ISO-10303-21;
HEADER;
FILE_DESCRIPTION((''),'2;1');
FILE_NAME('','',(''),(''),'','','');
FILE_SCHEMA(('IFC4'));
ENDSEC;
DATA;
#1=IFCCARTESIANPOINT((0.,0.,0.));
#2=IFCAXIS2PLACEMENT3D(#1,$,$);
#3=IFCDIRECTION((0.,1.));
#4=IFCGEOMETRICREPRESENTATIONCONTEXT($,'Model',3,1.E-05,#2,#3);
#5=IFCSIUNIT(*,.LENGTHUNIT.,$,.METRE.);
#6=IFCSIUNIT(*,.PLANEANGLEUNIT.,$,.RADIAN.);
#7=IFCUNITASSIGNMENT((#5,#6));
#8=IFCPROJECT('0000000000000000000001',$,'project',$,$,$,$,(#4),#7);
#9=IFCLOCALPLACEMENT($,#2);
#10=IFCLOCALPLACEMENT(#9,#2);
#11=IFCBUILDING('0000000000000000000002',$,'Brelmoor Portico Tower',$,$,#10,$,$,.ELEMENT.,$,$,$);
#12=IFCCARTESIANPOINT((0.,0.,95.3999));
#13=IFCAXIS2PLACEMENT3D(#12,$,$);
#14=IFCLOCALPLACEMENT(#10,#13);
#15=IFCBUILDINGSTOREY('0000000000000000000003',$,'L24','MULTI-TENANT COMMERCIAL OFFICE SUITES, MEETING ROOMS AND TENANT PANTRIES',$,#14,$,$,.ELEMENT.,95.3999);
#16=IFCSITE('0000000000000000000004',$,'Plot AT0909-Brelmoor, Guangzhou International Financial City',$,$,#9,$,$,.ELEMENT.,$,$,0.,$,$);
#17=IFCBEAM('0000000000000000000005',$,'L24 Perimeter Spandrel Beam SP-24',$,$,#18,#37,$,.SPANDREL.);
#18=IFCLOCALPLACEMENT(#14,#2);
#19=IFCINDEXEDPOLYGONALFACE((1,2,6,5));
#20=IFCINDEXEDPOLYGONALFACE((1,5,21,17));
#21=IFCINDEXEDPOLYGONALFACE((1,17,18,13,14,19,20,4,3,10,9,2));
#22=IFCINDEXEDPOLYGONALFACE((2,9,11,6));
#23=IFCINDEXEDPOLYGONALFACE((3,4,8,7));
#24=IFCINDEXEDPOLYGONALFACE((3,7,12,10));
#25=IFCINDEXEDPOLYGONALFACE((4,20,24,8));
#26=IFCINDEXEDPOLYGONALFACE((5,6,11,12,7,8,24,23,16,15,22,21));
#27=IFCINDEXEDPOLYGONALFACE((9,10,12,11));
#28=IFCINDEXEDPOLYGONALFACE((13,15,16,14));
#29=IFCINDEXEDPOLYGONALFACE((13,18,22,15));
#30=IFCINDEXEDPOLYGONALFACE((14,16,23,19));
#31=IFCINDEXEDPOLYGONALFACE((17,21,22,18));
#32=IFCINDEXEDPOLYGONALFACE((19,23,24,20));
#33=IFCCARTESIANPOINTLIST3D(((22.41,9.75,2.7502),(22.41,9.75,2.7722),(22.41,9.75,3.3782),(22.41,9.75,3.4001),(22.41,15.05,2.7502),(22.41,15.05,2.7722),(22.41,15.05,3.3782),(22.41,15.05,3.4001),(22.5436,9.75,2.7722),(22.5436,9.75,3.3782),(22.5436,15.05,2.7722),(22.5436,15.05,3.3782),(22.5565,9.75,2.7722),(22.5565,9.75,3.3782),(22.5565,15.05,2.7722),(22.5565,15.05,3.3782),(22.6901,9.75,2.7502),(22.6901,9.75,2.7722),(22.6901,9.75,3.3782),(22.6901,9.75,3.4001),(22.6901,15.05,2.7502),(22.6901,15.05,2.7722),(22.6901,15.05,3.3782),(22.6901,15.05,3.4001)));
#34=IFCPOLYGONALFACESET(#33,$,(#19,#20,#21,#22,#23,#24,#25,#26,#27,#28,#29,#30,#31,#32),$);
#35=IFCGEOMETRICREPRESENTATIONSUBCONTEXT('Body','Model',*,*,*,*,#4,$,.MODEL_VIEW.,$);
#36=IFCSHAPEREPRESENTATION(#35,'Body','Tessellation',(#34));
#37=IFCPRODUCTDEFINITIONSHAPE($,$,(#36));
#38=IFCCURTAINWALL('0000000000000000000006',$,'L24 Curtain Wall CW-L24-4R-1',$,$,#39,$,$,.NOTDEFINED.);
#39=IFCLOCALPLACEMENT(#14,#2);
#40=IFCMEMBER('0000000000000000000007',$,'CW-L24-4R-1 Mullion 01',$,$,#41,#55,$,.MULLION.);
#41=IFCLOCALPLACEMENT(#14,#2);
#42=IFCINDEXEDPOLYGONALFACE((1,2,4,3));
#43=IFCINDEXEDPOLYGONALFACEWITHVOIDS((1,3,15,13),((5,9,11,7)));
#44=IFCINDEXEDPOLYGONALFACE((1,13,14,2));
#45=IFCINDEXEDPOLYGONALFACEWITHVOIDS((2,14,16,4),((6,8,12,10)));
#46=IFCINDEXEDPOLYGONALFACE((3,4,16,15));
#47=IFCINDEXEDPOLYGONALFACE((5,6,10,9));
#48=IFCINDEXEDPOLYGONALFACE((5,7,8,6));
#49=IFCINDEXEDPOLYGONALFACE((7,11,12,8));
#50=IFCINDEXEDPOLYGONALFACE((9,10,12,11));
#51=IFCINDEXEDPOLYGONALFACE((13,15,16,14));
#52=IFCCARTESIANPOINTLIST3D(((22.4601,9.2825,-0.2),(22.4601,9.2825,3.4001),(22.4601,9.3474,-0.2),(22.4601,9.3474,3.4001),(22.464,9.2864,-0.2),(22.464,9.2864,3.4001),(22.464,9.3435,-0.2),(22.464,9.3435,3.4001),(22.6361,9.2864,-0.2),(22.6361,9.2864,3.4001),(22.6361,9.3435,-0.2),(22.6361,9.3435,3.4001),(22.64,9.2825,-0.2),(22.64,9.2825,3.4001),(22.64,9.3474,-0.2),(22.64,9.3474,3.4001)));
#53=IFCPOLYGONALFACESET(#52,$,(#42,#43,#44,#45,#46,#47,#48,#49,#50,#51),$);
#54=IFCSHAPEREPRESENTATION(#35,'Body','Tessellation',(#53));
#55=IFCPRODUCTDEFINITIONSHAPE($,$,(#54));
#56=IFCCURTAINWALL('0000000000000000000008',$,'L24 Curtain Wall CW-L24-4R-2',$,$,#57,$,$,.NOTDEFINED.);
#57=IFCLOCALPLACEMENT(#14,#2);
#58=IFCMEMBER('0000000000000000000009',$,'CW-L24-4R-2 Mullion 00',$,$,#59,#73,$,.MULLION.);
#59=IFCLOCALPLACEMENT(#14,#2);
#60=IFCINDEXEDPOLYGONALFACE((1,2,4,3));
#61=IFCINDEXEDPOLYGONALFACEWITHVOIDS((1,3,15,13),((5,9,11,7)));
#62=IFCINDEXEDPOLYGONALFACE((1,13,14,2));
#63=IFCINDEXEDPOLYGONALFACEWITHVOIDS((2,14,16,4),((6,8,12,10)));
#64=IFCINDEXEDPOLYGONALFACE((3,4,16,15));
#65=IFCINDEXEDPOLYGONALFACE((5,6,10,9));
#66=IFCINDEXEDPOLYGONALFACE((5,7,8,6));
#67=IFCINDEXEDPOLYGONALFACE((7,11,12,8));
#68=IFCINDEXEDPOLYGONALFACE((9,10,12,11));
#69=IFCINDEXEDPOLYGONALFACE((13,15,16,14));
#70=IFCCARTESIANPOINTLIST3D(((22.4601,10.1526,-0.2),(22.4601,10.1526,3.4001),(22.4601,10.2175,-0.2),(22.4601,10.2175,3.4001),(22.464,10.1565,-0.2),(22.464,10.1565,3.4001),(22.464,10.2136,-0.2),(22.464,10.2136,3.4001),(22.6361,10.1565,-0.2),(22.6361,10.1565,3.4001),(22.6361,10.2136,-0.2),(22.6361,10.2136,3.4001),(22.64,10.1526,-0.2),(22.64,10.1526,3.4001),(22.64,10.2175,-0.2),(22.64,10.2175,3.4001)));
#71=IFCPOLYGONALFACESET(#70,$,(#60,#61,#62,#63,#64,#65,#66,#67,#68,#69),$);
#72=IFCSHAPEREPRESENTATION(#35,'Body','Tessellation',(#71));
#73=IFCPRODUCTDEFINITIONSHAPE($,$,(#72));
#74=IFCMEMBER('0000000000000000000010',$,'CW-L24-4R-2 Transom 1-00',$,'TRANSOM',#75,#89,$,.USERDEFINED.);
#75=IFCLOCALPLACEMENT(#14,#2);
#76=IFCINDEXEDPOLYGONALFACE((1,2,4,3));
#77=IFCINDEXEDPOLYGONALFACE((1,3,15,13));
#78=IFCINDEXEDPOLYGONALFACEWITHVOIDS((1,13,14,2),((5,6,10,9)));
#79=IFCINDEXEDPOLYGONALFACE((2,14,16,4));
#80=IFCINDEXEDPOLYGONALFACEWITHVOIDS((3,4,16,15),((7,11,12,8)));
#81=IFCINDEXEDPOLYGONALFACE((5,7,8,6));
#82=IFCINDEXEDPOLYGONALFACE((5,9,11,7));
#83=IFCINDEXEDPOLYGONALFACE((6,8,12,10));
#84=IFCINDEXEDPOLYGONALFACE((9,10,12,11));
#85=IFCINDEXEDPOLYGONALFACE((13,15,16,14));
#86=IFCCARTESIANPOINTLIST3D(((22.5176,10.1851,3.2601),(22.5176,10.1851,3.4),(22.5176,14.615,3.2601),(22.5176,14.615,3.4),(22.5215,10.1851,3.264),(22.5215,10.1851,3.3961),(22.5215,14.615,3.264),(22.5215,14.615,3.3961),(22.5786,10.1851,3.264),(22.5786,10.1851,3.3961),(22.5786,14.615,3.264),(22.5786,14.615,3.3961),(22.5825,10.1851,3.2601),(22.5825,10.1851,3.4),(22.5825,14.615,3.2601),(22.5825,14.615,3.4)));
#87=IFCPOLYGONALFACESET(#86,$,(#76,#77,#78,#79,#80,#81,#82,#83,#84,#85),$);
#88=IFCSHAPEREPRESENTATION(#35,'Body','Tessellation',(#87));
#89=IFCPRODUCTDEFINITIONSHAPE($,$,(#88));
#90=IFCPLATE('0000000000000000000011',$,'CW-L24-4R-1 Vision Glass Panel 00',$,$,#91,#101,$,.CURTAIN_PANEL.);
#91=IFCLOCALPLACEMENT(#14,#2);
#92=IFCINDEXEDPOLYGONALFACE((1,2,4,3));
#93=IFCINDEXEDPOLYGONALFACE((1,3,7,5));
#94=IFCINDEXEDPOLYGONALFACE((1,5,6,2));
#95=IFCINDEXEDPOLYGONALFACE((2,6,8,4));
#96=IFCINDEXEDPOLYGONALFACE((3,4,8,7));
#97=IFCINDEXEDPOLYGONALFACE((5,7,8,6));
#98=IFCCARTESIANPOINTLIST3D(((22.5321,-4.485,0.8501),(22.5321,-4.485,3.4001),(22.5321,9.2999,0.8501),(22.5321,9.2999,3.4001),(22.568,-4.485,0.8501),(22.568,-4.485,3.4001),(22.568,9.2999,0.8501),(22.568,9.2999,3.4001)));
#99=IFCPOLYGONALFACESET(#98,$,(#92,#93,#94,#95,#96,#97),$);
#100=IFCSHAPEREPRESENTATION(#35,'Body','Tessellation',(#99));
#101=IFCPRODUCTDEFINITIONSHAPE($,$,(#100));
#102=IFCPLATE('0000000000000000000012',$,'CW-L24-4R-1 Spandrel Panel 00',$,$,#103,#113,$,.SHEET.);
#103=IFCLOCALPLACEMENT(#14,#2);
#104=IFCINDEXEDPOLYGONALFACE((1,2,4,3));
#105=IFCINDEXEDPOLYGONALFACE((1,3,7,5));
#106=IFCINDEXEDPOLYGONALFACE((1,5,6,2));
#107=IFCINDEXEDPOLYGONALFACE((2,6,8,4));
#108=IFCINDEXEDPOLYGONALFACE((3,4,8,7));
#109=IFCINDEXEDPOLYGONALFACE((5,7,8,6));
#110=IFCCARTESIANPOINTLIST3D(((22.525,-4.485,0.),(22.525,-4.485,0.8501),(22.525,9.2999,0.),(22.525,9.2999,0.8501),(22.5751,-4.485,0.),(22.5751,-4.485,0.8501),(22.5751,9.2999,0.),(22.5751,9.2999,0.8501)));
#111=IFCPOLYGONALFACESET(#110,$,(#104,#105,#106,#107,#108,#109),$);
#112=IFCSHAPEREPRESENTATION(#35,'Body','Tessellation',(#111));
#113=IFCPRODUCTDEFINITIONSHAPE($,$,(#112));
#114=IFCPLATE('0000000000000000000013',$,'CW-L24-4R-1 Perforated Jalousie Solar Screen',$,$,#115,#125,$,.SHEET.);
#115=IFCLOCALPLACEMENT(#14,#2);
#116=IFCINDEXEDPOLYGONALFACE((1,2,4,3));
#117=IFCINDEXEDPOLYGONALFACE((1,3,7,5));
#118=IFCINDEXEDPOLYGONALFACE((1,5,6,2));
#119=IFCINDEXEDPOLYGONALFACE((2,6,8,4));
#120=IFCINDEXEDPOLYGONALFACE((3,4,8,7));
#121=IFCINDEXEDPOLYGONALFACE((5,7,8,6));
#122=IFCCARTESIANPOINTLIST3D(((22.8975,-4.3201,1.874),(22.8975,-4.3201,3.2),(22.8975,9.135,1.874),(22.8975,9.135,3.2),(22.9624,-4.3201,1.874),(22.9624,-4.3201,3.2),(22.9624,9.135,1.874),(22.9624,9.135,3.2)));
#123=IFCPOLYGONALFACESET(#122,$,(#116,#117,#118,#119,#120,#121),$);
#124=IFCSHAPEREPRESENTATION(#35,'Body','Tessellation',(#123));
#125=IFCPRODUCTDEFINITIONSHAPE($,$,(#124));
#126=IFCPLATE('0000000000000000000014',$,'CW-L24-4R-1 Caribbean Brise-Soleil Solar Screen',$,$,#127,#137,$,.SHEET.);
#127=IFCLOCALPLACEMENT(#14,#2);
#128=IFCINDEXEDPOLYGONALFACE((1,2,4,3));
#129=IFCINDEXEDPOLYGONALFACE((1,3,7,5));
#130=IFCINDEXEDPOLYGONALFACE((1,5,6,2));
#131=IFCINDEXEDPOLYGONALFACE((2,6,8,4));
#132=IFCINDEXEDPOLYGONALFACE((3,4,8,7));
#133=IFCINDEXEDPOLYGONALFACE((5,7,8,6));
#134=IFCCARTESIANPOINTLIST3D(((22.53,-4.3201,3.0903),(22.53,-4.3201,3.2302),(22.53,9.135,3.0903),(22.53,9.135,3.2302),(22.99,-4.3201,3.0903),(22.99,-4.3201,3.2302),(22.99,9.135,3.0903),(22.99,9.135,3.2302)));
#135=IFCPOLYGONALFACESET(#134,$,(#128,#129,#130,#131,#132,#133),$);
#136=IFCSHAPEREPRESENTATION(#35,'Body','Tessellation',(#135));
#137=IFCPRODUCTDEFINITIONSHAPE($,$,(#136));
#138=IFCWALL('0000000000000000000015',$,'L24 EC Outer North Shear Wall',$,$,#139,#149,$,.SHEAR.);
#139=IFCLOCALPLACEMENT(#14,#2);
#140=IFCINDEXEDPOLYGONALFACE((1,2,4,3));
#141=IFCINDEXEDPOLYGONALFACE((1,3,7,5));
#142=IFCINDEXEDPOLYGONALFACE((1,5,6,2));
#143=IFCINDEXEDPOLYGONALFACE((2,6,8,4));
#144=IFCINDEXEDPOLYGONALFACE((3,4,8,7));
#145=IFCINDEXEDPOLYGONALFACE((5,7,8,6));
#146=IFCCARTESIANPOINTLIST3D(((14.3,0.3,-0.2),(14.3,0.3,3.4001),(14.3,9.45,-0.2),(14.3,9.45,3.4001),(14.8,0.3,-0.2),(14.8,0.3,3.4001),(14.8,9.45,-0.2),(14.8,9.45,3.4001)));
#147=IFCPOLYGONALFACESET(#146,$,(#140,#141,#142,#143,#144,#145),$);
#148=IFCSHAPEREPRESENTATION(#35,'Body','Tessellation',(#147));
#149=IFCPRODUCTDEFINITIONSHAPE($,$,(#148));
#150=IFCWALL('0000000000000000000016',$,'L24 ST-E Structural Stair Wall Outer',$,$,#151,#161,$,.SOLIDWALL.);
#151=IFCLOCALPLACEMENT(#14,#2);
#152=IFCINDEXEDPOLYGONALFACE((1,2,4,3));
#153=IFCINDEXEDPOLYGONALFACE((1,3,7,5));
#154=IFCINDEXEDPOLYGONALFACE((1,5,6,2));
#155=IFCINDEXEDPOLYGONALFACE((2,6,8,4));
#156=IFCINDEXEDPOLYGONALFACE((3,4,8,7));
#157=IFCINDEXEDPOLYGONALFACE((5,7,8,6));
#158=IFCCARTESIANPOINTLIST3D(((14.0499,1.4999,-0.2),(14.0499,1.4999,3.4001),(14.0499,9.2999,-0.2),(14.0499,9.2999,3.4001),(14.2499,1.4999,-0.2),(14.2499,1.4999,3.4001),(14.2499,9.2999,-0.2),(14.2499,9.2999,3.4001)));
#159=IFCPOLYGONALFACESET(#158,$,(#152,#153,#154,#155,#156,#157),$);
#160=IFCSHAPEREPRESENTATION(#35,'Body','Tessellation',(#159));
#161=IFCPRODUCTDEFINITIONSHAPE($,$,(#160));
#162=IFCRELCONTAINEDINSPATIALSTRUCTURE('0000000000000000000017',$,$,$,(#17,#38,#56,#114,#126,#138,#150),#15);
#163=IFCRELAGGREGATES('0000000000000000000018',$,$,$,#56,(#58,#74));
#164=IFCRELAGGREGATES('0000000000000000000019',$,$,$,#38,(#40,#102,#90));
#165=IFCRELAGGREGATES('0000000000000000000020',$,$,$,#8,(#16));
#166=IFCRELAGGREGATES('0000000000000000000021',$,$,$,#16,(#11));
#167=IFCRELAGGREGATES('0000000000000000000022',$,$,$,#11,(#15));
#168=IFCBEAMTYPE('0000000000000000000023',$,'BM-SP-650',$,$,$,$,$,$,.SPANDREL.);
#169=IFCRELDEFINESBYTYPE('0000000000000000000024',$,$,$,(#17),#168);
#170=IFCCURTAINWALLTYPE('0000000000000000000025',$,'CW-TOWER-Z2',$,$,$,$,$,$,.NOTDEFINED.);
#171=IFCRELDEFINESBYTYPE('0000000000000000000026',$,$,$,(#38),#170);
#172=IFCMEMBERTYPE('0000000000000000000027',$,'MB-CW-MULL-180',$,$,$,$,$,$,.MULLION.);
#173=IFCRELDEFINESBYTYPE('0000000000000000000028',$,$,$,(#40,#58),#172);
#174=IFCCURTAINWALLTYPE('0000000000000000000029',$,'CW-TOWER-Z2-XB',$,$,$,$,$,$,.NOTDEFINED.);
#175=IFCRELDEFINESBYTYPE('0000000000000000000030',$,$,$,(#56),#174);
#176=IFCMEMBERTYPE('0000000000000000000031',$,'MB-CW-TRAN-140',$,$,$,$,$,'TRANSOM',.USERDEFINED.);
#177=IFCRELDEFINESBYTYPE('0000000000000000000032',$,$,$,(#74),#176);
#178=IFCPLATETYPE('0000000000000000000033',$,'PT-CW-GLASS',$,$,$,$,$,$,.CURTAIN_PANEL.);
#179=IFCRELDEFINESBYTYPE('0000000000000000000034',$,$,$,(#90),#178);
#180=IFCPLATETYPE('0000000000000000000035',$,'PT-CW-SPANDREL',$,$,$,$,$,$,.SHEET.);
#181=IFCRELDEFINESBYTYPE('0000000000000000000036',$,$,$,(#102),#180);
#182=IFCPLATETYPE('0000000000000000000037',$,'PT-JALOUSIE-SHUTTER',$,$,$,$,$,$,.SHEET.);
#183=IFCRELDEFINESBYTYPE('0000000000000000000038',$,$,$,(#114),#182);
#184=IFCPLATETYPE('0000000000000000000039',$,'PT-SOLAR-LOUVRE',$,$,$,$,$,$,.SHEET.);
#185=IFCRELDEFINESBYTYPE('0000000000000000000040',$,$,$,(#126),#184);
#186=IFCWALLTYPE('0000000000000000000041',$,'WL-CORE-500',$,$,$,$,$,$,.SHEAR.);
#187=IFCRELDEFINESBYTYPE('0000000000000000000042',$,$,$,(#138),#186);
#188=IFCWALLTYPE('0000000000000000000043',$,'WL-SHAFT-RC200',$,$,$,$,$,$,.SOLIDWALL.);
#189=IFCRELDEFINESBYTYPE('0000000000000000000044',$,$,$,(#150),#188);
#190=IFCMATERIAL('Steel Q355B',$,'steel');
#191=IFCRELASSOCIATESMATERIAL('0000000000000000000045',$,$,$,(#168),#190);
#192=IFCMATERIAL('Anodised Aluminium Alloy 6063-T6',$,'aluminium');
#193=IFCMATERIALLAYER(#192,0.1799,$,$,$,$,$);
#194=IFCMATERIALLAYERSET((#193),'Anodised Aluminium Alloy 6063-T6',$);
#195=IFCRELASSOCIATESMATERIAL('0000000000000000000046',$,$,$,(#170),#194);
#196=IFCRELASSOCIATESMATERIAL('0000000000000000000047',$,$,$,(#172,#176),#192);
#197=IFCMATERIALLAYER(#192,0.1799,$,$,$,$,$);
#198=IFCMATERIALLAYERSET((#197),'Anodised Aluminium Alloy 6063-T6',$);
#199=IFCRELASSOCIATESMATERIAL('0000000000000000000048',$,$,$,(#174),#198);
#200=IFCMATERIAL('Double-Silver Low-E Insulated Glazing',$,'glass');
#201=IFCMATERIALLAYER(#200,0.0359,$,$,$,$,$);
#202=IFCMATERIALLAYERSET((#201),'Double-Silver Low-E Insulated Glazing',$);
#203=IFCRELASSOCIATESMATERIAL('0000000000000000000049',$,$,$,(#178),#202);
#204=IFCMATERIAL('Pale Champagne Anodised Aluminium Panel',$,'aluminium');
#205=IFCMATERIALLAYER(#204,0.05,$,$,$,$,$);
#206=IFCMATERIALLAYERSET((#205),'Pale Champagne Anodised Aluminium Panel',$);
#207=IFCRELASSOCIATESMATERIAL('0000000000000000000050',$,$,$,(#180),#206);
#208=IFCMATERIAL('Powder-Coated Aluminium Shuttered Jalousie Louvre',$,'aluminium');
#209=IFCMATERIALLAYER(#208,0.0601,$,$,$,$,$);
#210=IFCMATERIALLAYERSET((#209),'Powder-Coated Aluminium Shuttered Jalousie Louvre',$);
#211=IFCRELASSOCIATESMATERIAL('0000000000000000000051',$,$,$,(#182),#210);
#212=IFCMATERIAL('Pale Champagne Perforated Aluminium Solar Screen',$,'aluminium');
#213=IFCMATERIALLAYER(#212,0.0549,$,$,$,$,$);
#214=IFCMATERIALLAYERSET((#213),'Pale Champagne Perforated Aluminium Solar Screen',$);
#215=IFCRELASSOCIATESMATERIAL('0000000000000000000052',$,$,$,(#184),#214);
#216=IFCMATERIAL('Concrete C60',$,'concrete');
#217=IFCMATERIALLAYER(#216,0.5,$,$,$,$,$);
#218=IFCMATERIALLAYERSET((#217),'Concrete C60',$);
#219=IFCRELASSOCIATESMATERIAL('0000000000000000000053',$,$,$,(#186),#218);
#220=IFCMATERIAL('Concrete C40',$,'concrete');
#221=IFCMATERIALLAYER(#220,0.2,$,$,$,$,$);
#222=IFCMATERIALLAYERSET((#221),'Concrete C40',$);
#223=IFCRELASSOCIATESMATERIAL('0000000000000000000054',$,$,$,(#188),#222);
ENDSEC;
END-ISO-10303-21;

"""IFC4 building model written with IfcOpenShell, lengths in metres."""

from ifc_helpers import new_model, si_unit, direction, frame, frame_2d, origin, origin_2d, place, context, subcontext, project, spatial, rectangle, hollow_rectangle, i_section, extrude, material, layer, layer_set, material_profile, profile_set, type_object, element, aggregate, save


model = new_model("IFC4")

# Units and contexts
model_context = context("Model", 3, precision=1e-05, world=origin(), true_north=direction((0.0, 1.0)))
body_context = subcontext(model_context, "Body", "Model", "MODEL_VIEW")
ifc_project = project(units=[si_unit("LENGTHUNIT", "METRE"), si_unit("PLANEANGLEUNIT", "RADIAN")], contexts=[model_context])

# Site, building, storey
site_placement = place(None, origin())
site = spatial("IfcSite", under=ifc_project, at=site_placement, Name="Plot AT0909-Brelmoor, Guangzhou International Financial City", CompositionType="ELEMENT", RefElevation=0.0)
building_placement = place(site_placement, origin())
building = spatial("IfcBuilding", under=site, at=building_placement, Name="Brelmoor Portico Tower", CompositionType="ELEMENT")
storey_placement = place(building_placement, frame((0.0, 0.0, 95.3999)))
storey = spatial("IfcBuildingStorey", under=building, at=storey_placement, Name="L24", Description="MULTI-TENANT COMMERCIAL OFFICE SUITES, MEETING ROOMS AND TENANT PANTRIES", CompositionType="ELEMENT", Elevation=95.3999)

# Shared definitions
ifc_material_1 = material(Name="Steel Q355B", Category="steel")

# Beam
ifc_material_profile_1 = material_profile(ifc_material_1, i_section(OverallWidth=0.28, OverallDepth=0.6499, WebThickness=0.0129, FlangeThickness=0.022, at=origin_2d()), Name="HN 650x280x13x22")
ifc_profile_set_1 = profile_set([ifc_material_profile_1], Name="Steel Q355B")
beam_type_1 = type_object("IfcBeamType", Name="BM-SP-650", PredefinedType="SPANDREL", material=ifc_profile_set_1)
beam_1_placement = place(storey_placement, frame((22.55, 9.75, 3.0752), z_axis=(0.0, 1.0, 0.0), x_axis=(-1.0, 0.0, 0.0)))
element("IfcBeam", 1, at=beam_1_placement, inside=storey, type_object=beam_type_1, Name="L24 Perimeter Spandrel Beam SP-24", PredefinedType="SPANDREL", context=body_context, shape_type="SweptSolid", body=[
    extrude(i_section(OverallWidth=0.28, OverallDepth=0.6499, WebThickness=0.0129, FlangeThickness=0.022, at=origin_2d()), origin(), (0.0, 0.0, 1.0), 5.3),
])

# Curtain wall, member
ifc_material_2 = material(Name="Anodised Aluminium Alloy 6063-T6", Category="aluminium")
ifc_layer_1 = layer(ifc_material_2, 0.1799)
ifc_layer_set_1 = layer_set([ifc_layer_1], Name="Anodised Aluminium Alloy 6063-T6")
curtain_wall_type_1 = type_object("IfcCurtainWallType", Name="CW-TOWER-Z2", PredefinedType="NOTDEFINED", material=ifc_layer_set_1)
curtain_wall_1_placement = place(storey_placement, origin())
curtain_wall_1 = element("IfcCurtainWall", 2, at=curtain_wall_1_placement, inside=storey, type_object=curtain_wall_type_1, Name="L24 Curtain Wall CW-L24-4R-1", PredefinedType="NOTDEFINED")
ifc_material_profile_2 = material_profile(ifc_material_2, hollow_rectangle(XDim=0.0649, YDim=0.1799, WallThickness=0.0039, at=origin_2d()), Name="ALU MULLION 65x180")
ifc_profile_set_2 = profile_set([ifc_material_profile_2], Name="Anodised Aluminium Alloy 6063-T6")
member_type_1 = type_object("IfcMemberType", Name="MB-CW-MULL-180", PredefinedType="MULLION", material=ifc_profile_set_2)
member_1_placement = place(storey_placement, frame((22.55, 9.3149, -0.2), z_axis=(0.0, 0.0, 1.0), x_axis=(0.0, 1.0, 0.0)))
member_1 = element("IfcMember", 3, at=member_1_placement, type_object=member_type_1, Name="CW-L24-4R-1 Mullion 01", PredefinedType="MULLION", context=body_context, shape_type="SweptSolid", body=[
    extrude(hollow_rectangle(XDim=0.0649, YDim=0.1799, WallThickness=0.0039, at=origin_2d()), origin(), (0.0, 0.0, 1.0), 3.6001),
])

# Curtain wall, members
ifc_layer_2 = layer(ifc_material_2, 0.1799)
ifc_layer_set_2 = layer_set([ifc_layer_2], Name="Anodised Aluminium Alloy 6063-T6")
curtain_wall_type_2 = type_object("IfcCurtainWallType", Name="CW-TOWER-Z2-XB", PredefinedType="NOTDEFINED", material=ifc_layer_set_2)
curtain_wall_2_placement = place(storey_placement, origin())
curtain_wall_2 = element("IfcCurtainWall", 4, at=curtain_wall_2_placement, inside=storey, type_object=curtain_wall_type_2, Name="L24 Curtain Wall CW-L24-4R-2", PredefinedType="NOTDEFINED")
member_2_placement = place(storey_placement, frame((22.55, 10.1851, -0.2), z_axis=(0.0, 0.0, 1.0), x_axis=(0.0, 1.0, 0.0)))
member_2 = element("IfcMember", 5, at=member_2_placement, type_object=member_type_1, Name="CW-L24-4R-2 Mullion 00", PredefinedType="MULLION", context=body_context, shape_type="SweptSolid", body=[
    extrude(hollow_rectangle(XDim=0.0649, YDim=0.1799, WallThickness=0.0039, at=origin_2d()), origin(), (0.0, 0.0, 1.0), 3.6001),
])
ifc_material_profile_3 = material_profile(ifc_material_2, hollow_rectangle(XDim=0.0649, YDim=0.1399, WallThickness=0.0039, at=origin_2d()), Name="ALU TRANSOM 65x140")
ifc_profile_set_3 = profile_set([ifc_material_profile_3], Name="Anodised Aluminium Alloy 6063-T6")
member_type_2 = type_object("IfcMemberType", Name="MB-CW-TRAN-140", ElementType="TRANSOM", PredefinedType="USERDEFINED", material=ifc_profile_set_3)
member_3_placement = place(storey_placement, frame((22.55, 10.1851, 3.3301), z_axis=(0.0, 1.0, 0.0), x_axis=(-1.0, 0.0, 0.0)))
member_3 = element("IfcMember", 6, at=member_3_placement, type_object=member_type_2, Name="CW-L24-4R-2 Transom 1-00", ObjectType="TRANSOM", PredefinedType="USERDEFINED", context=body_context, shape_type="SweptSolid", body=[
    extrude(hollow_rectangle(XDim=0.0649, YDim=0.1399, WallThickness=0.0039, at=origin_2d()), origin(), (0.0, 0.0, 1.0), 4.4299),
])
aggregate(curtain_wall_2, [member_2, member_3])

# Plates
ifc_material_3 = material(Name="Double-Silver Low-E Insulated Glazing", Category="glass")
ifc_layer_3 = layer(ifc_material_3, 0.0359)
ifc_layer_set_3 = layer_set([ifc_layer_3], Name="Double-Silver Low-E Insulated Glazing")
plate_type_1 = type_object("IfcPlateType", Name="PT-CW-GLASS", PredefinedType="CURTAIN_PANEL", material=ifc_layer_set_3)
plate_1_placement = place(storey_placement, frame((22.55, 2.4075, 0.8501), z_axis=(0.0, 0.0, 1.0), x_axis=(0.0, 1.0, 0.0)))
plate_1 = element("IfcPlate", 7, at=plate_1_placement, type_object=plate_type_1, Name="CW-L24-4R-1 Vision Glass Panel 00", PredefinedType="CURTAIN_PANEL", context=body_context, shape_type="SweptSolid", body=[
    extrude(rectangle(XDim=13.7849, YDim=0.0359, at=origin_2d()), origin(), (0.0, 0.0, 1.0), 2.55),
])
ifc_material_4 = material(Name="Pale Champagne Anodised Aluminium Panel", Category="aluminium")
ifc_layer_4 = layer(ifc_material_4, 0.05)
ifc_layer_set_4 = layer_set([ifc_layer_4], Name="Pale Champagne Anodised Aluminium Panel")
plate_type_2 = type_object("IfcPlateType", Name="PT-CW-SPANDREL", PredefinedType="SHEET", material=ifc_layer_set_4)
plate_2_placement = place(storey_placement, frame((22.55, 2.4075, 0.0), z_axis=(0.0, 0.0, 1.0), x_axis=(0.0, 1.0, 0.0)))
plate_2 = element("IfcPlate", 8, at=plate_2_placement, type_object=plate_type_2, Name="CW-L24-4R-1 Spandrel Panel 00", PredefinedType="SHEET", context=body_context, shape_type="SweptSolid", body=[
    extrude(rectangle(XDim=13.7849, YDim=0.05, at=origin_2d()), origin(), (0.0, 0.0, 1.0), 0.8501),
])
aggregate(curtain_wall_1, [member_1, plate_2, plate_1])

# Plates
ifc_material_5 = material(Name="Powder-Coated Aluminium Shuttered Jalousie Louvre", Category="aluminium")
ifc_layer_5 = layer(ifc_material_5, 0.0601)
ifc_layer_set_5 = layer_set([ifc_layer_5], Name="Powder-Coated Aluminium Shuttered Jalousie Louvre")
plate_type_3 = type_object("IfcPlateType", Name="PT-JALOUSIE-SHUTTER", PredefinedType="SHEET", material=ifc_layer_set_5)
plate_3_placement = place(storey_placement, frame((22.9299, 2.4075, 1.874), z_axis=(0.0, 0.0, 1.0), x_axis=(0.0, 1.0, 0.0)))
element("IfcPlate", 9, at=plate_3_placement, inside=storey, type_object=plate_type_3, Name="CW-L24-4R-1 Perforated Jalousie Solar Screen", PredefinedType="SHEET", context=body_context, shape_type="SweptSolid", body=[
    extrude(rectangle(XDim=13.4551, YDim=0.0649, at=origin_2d()), origin(), (0.0, 0.0, 1.0), 1.3259),
])
ifc_material_6 = material(Name="Pale Champagne Perforated Aluminium Solar Screen", Category="aluminium")
ifc_layer_6 = layer(ifc_material_6, 0.0549)
ifc_layer_set_6 = layer_set([ifc_layer_6], Name="Pale Champagne Perforated Aluminium Solar Screen")
plate_type_4 = type_object("IfcPlateType", Name="PT-SOLAR-LOUVRE", PredefinedType="SHEET", material=ifc_layer_set_6)
plate_4_placement = place(storey_placement, frame((22.76, 2.4075, 3.0903), z_axis=(0.0, 0.0, 1.0), x_axis=(0.0, 1.0, 0.0)))
element("IfcPlate", 10, at=plate_4_placement, inside=storey, type_object=plate_type_4, Name="CW-L24-4R-1 Caribbean Brise-Soleil Solar Screen", PredefinedType="SHEET", context=body_context, shape_type="SweptSolid", body=[
    extrude(rectangle(XDim=13.4551, YDim=0.46, at=origin_2d()), origin(), (0.0, 0.0, 1.0), 0.1399),
])

# Walls
ifc_material_7 = material(Name="Concrete C60", Category="concrete")
ifc_layer_7 = layer(ifc_material_7, 0.5)
ifc_layer_set_7 = layer_set([ifc_layer_7], Name="Concrete C60")
wall_type_1 = type_object("IfcWallType", Name="WL-CORE-500", PredefinedType="SHEAR", material=ifc_layer_set_7)
wall_1_placement = place(storey_placement, frame((14.55, 0.3, -0.2), z_axis=(0.0, 0.0, 1.0), x_axis=(0.0, 1.0, 0.0)))
element("IfcWall", 11, at=wall_1_placement, inside=storey, type_object=wall_type_1, Name="L24 EC Outer North Shear Wall", PredefinedType="SHEAR", context=body_context, shape_type="SweptSolid", body=[
    extrude(rectangle(XDim=9.1499, YDim=0.5, at=frame_2d((4.575, 0.0))), origin(), (0.0, 0.0, 1.0), 3.6001),
])
ifc_material_8 = material(Name="Concrete C40", Category="concrete")
ifc_layer_8 = layer(ifc_material_8, 0.2)
ifc_layer_set_8 = layer_set([ifc_layer_8], Name="Concrete C40")
wall_type_2 = type_object("IfcWallType", Name="WL-SHAFT-RC200", PredefinedType="SOLIDWALL", material=ifc_layer_set_8)
wall_2_placement = place(storey_placement, frame((14.1499, 1.5, -0.2), z_axis=(0.0, 0.0, 1.0), x_axis=(0.0, 1.0, 0.0)))
element("IfcWall", 12, at=wall_2_placement, inside=storey, type_object=wall_type_2, Name="L24 ST-E Structural Stair Wall Outer", PredefinedType="SOLIDWALL", context=body_context, shape_type="SweptSolid", body=[
    extrude(rectangle(XDim=7.8, YDim=0.2, at=frame_2d((3.8999, 0.0))), origin(), (0.0, 0.0, 1.0), 3.6001),
])

save(model, "model.ifc")
